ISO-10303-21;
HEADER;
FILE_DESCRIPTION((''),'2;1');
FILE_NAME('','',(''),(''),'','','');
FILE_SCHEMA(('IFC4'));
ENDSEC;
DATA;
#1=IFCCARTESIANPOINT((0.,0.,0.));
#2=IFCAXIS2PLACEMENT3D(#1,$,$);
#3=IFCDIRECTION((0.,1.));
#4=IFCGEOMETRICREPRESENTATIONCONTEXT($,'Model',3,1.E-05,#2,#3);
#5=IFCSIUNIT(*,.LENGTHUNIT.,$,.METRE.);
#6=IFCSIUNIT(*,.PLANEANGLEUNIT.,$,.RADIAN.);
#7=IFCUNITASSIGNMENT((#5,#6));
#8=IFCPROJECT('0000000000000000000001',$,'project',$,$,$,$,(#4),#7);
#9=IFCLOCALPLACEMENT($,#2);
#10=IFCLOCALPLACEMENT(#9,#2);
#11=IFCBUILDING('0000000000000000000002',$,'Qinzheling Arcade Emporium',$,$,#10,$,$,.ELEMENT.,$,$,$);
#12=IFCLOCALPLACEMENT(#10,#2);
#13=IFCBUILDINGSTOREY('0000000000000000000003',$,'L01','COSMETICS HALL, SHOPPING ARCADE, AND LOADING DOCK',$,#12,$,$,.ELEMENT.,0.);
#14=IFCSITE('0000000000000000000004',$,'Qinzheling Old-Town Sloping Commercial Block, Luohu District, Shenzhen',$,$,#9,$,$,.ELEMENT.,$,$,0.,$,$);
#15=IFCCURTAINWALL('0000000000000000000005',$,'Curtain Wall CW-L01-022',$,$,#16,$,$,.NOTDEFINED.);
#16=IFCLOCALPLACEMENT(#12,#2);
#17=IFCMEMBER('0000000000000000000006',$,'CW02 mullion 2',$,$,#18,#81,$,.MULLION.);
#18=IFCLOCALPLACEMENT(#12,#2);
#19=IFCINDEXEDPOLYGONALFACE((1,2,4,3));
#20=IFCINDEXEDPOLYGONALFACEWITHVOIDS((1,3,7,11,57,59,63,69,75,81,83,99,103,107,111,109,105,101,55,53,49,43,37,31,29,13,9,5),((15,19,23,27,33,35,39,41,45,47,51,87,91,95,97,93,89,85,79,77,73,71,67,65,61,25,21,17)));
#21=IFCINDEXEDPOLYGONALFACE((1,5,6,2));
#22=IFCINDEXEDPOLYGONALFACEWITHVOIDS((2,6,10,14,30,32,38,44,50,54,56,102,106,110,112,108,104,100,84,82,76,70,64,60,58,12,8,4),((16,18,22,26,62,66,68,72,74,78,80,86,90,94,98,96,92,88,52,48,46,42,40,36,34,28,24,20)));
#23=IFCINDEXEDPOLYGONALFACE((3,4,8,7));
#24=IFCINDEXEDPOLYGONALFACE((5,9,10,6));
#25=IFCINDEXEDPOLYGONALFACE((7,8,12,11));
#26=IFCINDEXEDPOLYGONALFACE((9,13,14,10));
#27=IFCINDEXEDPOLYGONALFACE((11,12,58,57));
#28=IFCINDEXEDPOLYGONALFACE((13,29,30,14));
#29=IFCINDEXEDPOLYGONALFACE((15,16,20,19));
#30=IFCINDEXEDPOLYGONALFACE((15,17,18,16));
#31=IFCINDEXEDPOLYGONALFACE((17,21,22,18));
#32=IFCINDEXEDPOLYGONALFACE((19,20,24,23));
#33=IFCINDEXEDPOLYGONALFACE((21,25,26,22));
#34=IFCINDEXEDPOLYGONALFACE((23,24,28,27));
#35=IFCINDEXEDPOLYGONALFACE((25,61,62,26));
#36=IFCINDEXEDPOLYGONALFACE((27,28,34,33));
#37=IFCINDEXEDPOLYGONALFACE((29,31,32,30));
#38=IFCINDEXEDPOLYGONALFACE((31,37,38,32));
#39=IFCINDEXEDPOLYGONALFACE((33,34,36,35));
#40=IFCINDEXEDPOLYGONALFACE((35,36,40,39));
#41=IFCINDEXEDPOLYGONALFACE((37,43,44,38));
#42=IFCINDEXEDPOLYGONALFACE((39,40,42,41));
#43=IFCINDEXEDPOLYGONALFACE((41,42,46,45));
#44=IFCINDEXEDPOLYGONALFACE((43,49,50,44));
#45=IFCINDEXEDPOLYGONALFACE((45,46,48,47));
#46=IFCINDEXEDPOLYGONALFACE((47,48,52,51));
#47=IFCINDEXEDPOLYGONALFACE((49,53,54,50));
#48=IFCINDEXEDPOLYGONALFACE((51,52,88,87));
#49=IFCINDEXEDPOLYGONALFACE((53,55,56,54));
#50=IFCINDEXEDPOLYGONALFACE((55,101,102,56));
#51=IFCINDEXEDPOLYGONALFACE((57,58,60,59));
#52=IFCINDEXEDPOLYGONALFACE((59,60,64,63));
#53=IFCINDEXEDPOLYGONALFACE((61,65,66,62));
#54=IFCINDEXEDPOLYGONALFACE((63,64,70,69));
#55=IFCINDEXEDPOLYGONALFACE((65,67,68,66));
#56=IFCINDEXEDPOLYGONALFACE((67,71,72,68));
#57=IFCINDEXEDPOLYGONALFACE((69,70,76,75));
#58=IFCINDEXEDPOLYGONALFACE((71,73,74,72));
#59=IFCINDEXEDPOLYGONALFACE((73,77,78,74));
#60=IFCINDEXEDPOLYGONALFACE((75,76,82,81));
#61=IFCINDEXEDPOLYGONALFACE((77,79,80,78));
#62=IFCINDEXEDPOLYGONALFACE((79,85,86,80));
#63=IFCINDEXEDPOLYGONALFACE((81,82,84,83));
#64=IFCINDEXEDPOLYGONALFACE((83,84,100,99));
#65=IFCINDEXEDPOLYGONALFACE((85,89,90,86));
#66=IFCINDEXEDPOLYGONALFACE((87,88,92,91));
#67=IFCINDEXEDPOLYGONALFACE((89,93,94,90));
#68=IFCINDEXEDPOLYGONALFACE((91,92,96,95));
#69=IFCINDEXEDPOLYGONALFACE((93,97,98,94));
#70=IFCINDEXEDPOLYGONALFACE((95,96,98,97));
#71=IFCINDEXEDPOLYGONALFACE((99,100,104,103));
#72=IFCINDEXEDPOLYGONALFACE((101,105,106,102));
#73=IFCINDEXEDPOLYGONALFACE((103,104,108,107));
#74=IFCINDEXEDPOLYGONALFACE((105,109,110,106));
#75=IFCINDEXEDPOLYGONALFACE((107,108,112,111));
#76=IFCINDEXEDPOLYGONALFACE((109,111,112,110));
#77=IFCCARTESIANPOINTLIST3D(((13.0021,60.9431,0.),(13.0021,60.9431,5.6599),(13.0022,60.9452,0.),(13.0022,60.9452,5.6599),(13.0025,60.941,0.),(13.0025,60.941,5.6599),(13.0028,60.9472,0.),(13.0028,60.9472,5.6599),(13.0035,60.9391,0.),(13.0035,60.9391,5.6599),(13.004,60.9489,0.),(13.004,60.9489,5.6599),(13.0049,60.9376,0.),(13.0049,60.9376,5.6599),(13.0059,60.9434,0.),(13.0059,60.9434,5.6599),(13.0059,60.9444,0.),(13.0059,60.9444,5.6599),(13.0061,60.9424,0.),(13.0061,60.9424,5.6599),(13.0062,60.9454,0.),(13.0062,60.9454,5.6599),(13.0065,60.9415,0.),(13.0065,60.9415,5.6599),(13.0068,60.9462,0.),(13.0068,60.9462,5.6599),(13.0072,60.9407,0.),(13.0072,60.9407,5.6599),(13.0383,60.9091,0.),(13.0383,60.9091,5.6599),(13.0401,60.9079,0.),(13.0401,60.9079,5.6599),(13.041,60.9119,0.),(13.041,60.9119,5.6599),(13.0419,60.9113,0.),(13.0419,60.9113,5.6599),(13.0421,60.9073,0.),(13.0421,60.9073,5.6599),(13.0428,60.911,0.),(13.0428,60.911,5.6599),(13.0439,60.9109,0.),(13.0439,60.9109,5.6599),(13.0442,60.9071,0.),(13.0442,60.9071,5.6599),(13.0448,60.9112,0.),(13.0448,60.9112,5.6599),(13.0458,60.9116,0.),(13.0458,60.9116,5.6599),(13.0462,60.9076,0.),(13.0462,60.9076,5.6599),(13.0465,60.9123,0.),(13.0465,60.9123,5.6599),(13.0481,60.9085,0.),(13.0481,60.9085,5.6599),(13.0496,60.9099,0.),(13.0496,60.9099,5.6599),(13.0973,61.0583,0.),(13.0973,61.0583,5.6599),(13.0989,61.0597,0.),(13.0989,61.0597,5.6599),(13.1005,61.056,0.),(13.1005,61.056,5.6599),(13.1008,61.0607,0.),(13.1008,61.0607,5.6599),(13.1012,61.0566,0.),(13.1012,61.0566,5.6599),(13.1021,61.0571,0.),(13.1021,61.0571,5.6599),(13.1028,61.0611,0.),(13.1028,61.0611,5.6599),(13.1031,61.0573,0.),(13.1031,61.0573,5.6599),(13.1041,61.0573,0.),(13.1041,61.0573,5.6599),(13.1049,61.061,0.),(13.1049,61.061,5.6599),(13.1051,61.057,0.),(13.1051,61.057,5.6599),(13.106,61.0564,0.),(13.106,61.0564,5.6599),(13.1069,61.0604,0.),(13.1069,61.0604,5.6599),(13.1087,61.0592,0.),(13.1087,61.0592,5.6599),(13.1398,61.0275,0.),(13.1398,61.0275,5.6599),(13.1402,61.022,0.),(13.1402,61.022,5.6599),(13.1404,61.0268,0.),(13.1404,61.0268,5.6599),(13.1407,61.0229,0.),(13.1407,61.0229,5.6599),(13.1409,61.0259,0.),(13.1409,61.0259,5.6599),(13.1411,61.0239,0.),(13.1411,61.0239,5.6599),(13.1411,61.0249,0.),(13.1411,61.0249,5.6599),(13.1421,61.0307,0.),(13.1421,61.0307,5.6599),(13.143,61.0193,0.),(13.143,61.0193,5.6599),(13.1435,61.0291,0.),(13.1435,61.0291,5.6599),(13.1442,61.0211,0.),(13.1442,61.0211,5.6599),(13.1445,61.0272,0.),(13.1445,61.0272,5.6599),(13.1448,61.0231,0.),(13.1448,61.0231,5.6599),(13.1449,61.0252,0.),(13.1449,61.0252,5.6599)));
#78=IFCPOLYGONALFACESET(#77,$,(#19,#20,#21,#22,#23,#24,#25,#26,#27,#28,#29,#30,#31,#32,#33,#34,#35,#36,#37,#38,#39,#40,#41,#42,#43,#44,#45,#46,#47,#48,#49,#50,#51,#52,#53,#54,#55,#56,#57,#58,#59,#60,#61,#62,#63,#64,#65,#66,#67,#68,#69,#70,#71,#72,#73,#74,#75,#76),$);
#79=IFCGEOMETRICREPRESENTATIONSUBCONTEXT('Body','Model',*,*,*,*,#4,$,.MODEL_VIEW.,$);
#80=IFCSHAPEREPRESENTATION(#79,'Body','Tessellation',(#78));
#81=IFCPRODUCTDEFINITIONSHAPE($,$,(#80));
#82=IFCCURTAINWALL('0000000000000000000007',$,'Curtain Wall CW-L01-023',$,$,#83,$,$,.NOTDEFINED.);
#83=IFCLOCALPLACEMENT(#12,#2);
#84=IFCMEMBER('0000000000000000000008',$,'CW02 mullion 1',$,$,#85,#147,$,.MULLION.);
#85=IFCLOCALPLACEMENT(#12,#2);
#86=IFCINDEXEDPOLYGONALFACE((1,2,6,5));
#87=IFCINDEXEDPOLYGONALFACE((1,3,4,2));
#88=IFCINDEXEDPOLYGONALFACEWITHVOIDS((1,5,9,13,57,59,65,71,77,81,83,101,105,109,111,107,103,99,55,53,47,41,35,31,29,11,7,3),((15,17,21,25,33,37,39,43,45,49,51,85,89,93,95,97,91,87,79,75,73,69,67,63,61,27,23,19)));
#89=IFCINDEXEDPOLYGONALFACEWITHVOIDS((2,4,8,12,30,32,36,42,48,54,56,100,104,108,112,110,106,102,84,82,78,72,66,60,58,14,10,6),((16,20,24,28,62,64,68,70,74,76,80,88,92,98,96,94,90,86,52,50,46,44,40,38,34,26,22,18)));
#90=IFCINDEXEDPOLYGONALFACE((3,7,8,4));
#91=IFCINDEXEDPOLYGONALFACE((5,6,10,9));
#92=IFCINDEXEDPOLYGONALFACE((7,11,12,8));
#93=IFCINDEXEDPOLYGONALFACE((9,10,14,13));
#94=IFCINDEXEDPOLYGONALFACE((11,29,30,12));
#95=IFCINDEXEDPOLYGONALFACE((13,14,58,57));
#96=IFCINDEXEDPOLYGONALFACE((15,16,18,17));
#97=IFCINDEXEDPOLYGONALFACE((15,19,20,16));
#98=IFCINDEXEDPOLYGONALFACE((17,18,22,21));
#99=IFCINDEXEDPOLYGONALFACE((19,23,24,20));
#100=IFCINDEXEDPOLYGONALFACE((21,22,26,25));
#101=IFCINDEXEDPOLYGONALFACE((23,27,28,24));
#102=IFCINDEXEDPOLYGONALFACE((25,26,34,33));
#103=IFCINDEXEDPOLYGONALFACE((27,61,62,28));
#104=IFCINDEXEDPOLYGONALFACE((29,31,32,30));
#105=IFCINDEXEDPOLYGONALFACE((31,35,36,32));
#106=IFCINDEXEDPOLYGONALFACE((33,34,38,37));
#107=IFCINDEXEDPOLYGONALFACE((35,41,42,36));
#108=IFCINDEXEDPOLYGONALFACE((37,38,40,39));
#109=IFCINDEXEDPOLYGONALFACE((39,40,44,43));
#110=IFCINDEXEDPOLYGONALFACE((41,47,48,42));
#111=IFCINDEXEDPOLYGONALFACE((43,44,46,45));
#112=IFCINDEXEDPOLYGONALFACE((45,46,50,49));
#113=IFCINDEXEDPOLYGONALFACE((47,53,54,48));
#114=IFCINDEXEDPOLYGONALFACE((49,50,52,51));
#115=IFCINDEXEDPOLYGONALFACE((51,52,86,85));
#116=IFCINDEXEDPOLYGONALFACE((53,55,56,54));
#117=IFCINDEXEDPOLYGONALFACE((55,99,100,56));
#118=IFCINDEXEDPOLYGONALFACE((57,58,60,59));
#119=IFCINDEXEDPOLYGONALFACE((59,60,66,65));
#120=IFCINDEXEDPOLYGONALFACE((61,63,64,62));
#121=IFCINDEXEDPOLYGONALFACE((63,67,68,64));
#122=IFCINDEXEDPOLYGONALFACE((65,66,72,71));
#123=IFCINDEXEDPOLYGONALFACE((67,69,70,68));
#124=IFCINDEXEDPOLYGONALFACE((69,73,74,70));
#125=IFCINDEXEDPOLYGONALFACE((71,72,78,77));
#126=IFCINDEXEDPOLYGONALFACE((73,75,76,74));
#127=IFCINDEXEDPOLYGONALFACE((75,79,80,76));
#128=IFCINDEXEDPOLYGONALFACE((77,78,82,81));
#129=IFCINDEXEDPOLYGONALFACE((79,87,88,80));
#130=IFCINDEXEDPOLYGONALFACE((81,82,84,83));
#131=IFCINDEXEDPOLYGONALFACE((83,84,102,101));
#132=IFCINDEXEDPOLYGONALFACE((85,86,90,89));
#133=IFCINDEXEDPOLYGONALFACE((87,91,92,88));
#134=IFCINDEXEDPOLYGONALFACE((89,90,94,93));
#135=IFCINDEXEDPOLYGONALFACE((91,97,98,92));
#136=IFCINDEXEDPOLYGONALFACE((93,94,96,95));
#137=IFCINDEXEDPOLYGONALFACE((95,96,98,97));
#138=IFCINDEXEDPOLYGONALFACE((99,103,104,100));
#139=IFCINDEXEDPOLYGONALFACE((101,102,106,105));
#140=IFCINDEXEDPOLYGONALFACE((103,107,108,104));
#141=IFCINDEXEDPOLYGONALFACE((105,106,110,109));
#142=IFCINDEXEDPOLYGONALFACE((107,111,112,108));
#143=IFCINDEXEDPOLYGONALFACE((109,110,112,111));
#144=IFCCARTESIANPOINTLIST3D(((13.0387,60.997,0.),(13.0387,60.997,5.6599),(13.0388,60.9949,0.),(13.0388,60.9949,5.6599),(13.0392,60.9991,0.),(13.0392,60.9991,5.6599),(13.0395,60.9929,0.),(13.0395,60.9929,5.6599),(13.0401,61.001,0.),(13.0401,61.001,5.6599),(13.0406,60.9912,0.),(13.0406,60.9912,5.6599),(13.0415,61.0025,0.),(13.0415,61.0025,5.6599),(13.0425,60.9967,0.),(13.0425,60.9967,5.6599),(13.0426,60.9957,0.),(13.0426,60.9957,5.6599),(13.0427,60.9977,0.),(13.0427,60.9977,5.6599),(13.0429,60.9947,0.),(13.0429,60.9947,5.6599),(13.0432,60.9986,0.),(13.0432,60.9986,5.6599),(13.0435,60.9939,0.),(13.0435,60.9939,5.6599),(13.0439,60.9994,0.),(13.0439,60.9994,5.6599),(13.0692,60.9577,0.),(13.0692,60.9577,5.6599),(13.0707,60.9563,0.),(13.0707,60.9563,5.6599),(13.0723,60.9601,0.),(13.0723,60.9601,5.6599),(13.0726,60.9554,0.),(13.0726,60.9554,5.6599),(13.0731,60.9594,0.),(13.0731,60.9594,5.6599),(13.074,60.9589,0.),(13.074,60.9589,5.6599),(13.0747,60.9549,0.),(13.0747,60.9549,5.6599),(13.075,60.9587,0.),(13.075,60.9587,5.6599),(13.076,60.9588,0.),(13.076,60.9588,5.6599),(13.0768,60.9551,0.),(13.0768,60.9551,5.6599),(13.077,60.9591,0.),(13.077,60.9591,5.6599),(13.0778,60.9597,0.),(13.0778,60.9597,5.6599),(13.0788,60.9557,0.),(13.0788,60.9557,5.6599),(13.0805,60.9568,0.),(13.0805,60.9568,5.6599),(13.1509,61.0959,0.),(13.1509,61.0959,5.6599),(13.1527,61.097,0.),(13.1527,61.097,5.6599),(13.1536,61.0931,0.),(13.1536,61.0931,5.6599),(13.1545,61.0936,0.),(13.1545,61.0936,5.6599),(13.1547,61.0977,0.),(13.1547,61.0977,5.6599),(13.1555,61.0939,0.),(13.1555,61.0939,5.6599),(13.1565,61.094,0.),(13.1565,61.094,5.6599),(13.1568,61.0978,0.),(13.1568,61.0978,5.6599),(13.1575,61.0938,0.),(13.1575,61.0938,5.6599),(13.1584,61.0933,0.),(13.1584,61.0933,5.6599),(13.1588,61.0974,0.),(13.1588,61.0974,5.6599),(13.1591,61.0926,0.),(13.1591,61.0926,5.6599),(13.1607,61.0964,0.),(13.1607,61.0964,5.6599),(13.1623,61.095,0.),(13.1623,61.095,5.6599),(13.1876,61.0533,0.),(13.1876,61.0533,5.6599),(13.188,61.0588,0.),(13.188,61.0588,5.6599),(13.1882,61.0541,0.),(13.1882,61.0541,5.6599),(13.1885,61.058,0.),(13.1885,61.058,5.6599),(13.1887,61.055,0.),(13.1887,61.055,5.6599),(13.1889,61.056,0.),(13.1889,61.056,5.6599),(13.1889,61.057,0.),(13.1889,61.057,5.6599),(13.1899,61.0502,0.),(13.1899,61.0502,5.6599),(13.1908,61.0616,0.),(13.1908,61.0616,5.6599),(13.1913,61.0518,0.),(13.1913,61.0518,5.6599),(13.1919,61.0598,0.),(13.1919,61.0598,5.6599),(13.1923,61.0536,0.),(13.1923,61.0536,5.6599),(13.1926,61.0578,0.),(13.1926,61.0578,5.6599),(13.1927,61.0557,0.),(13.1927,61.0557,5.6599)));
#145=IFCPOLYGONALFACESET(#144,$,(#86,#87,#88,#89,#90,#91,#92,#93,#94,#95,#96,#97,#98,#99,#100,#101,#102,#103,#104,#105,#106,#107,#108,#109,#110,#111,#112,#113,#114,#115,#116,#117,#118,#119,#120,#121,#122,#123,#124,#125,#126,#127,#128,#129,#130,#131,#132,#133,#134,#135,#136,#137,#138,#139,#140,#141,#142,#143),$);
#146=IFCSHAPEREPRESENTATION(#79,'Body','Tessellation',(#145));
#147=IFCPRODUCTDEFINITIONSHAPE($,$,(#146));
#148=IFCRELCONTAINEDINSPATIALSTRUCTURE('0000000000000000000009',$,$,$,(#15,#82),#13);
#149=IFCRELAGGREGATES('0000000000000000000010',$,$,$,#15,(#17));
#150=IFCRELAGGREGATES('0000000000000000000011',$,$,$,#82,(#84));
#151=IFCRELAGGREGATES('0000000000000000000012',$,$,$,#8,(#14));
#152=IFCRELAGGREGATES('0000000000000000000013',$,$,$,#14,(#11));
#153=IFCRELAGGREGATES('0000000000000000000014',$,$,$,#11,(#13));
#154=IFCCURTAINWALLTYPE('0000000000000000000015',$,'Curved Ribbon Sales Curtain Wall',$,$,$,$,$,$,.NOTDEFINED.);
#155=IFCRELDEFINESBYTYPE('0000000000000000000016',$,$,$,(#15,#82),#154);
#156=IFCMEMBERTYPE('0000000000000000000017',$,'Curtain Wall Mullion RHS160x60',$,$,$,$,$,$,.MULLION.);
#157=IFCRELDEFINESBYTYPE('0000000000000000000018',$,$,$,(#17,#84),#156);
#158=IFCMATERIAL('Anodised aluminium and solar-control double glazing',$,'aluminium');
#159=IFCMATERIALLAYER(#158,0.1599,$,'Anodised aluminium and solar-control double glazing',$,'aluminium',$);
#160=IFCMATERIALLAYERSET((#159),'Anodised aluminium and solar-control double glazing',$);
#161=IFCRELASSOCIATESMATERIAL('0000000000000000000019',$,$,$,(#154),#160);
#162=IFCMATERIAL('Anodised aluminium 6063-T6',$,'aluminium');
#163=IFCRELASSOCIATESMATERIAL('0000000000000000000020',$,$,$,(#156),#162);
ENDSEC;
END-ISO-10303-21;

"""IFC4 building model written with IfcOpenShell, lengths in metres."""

from ifc_helpers import new_model, si_unit, direction, frame, origin, origin_2d, place, context, subcontext, project, spatial, hollow_rectangle, extrude, material, layer, layer_set, material_profile, profile_set, type_object, element, aggregate, save


model = new_model("IFC4")

# Units and contexts
model_context = context("Model", 3, precision=1e-05, world=origin(), true_north=direction((0.0, 1.0)))
body_context = subcontext(model_context, "Body", "Model", "MODEL_VIEW")
ifc_project = project(units=[si_unit("LENGTHUNIT", "METRE"), si_unit("PLANEANGLEUNIT", "RADIAN")], contexts=[model_context])

# Site, building, storey
site_placement = place(None, origin())
site = spatial("IfcSite", under=ifc_project, at=site_placement, Name="Qinzheling Old-Town Sloping Commercial Block, Luohu District, Shenzhen", CompositionType="ELEMENT", RefElevation=0.0)
building_placement = place(site_placement, origin())
building = spatial("IfcBuilding", under=site, at=building_placement, Name="Qinzheling Arcade Emporium", CompositionType="ELEMENT")
storey_placement = place(building_placement, origin())
storey = spatial("IfcBuildingStorey", under=building, at=storey_placement, Name="L01", Description="COSMETICS HALL, SHOPPING ARCADE, AND LOADING DOCK", CompositionType="ELEMENT", Elevation=0.0)

# Shared definitions
ifc_material_1 = material(Name="Anodised aluminium and solar-control double glazing", Category="aluminium")
ifc_layer_1 = layer(ifc_material_1, 0.1599, Name="Anodised aluminium and solar-control double glazing", Category="aluminium")
ifc_layer_set_1 = layer_set([ifc_layer_1], Name="Anodised aluminium and solar-control double glazing")
curtain_wall_type = type_object("IfcCurtainWallType", Name="Curved Ribbon Sales Curtain Wall", PredefinedType="NOTDEFINED", material=ifc_layer_set_1)
ifc_material_2 = material(Name="Anodised aluminium 6063-T6", Category="aluminium")
ifc_material_profile_1 = material_profile(ifc_material_2, hollow_rectangle(XDim=0.0601, YDim=0.1599, WallThickness=0.0039, InnerFilletRadius=0.0039, OuterFilletRadius=0.0081, at=origin_2d()), Name="RHS 160x60x4", Category="aluminium")
ifc_profile_set_1 = profile_set([ifc_material_profile_1], Name="Anodised aluminium 6063-T6")
member_type_1 = type_object("IfcMemberType", Name="Curtain Wall Mullion RHS160x60", PredefinedType="MULLION", material=ifc_profile_set_1)

# Curtain walls, members
curtain_wall_1_placement = place(storey_placement, origin())
curtain_wall_1 = element("IfcCurtainWall", 1, at=curtain_wall_1_placement, inside=storey, type_object=curtain_wall_type, Name="Curtain Wall CW-L01-022", PredefinedType="NOTDEFINED")
member_1_placement = place(storey_placement, frame((13.0735, 60.9841, 0.0), z_axis=(0.0, 0.0, 1.0), x_axis=(-0.760575, 0.64925, 0.0)))
member_1 = element("IfcMember", 2, at=member_1_placement, type_object=member_type_1, Name="CW02 mullion 2", PredefinedType="MULLION", context=body_context, shape_type="SweptSolid", body=[
    extrude(hollow_rectangle(XDim=0.0601, YDim=0.1599, WallThickness=0.0039, InnerFilletRadius=0.0039, OuterFilletRadius=0.0081, at=origin_2d()), origin(), (0.0, 0.0, 1.0), 5.6599),
])
curtain_wall_2_placement = place(storey_placement, origin())
curtain_wall_2 = element("IfcCurtainWall", 3, at=curtain_wall_2_placement, inside=storey, type_object=curtain_wall_type, Name="Curtain Wall CW-L01-023", PredefinedType="NOTDEFINED")
member_2_placement = place(storey_placement, frame((13.1157, 61.0264, 0.0), z_axis=(0.0, 0.0, 1.0), x_axis=(-0.64925, 0.760575, 0.0)))
member_2 = element("IfcMember", 4, at=member_2_placement, type_object=member_type_1, Name="CW02 mullion 1", PredefinedType="MULLION", context=body_context, shape_type="SweptSolid", body=[
    extrude(hollow_rectangle(XDim=0.0601, YDim=0.1599, WallThickness=0.0039, InnerFilletRadius=0.0039, OuterFilletRadius=0.0081, at=origin_2d()), origin(), (0.0, 0.0, 1.0), 5.6599),
])

aggregate(curtain_wall_1, [member_1])
aggregate(curtain_wall_2, [member_2])

save(model, "model.ifc")
